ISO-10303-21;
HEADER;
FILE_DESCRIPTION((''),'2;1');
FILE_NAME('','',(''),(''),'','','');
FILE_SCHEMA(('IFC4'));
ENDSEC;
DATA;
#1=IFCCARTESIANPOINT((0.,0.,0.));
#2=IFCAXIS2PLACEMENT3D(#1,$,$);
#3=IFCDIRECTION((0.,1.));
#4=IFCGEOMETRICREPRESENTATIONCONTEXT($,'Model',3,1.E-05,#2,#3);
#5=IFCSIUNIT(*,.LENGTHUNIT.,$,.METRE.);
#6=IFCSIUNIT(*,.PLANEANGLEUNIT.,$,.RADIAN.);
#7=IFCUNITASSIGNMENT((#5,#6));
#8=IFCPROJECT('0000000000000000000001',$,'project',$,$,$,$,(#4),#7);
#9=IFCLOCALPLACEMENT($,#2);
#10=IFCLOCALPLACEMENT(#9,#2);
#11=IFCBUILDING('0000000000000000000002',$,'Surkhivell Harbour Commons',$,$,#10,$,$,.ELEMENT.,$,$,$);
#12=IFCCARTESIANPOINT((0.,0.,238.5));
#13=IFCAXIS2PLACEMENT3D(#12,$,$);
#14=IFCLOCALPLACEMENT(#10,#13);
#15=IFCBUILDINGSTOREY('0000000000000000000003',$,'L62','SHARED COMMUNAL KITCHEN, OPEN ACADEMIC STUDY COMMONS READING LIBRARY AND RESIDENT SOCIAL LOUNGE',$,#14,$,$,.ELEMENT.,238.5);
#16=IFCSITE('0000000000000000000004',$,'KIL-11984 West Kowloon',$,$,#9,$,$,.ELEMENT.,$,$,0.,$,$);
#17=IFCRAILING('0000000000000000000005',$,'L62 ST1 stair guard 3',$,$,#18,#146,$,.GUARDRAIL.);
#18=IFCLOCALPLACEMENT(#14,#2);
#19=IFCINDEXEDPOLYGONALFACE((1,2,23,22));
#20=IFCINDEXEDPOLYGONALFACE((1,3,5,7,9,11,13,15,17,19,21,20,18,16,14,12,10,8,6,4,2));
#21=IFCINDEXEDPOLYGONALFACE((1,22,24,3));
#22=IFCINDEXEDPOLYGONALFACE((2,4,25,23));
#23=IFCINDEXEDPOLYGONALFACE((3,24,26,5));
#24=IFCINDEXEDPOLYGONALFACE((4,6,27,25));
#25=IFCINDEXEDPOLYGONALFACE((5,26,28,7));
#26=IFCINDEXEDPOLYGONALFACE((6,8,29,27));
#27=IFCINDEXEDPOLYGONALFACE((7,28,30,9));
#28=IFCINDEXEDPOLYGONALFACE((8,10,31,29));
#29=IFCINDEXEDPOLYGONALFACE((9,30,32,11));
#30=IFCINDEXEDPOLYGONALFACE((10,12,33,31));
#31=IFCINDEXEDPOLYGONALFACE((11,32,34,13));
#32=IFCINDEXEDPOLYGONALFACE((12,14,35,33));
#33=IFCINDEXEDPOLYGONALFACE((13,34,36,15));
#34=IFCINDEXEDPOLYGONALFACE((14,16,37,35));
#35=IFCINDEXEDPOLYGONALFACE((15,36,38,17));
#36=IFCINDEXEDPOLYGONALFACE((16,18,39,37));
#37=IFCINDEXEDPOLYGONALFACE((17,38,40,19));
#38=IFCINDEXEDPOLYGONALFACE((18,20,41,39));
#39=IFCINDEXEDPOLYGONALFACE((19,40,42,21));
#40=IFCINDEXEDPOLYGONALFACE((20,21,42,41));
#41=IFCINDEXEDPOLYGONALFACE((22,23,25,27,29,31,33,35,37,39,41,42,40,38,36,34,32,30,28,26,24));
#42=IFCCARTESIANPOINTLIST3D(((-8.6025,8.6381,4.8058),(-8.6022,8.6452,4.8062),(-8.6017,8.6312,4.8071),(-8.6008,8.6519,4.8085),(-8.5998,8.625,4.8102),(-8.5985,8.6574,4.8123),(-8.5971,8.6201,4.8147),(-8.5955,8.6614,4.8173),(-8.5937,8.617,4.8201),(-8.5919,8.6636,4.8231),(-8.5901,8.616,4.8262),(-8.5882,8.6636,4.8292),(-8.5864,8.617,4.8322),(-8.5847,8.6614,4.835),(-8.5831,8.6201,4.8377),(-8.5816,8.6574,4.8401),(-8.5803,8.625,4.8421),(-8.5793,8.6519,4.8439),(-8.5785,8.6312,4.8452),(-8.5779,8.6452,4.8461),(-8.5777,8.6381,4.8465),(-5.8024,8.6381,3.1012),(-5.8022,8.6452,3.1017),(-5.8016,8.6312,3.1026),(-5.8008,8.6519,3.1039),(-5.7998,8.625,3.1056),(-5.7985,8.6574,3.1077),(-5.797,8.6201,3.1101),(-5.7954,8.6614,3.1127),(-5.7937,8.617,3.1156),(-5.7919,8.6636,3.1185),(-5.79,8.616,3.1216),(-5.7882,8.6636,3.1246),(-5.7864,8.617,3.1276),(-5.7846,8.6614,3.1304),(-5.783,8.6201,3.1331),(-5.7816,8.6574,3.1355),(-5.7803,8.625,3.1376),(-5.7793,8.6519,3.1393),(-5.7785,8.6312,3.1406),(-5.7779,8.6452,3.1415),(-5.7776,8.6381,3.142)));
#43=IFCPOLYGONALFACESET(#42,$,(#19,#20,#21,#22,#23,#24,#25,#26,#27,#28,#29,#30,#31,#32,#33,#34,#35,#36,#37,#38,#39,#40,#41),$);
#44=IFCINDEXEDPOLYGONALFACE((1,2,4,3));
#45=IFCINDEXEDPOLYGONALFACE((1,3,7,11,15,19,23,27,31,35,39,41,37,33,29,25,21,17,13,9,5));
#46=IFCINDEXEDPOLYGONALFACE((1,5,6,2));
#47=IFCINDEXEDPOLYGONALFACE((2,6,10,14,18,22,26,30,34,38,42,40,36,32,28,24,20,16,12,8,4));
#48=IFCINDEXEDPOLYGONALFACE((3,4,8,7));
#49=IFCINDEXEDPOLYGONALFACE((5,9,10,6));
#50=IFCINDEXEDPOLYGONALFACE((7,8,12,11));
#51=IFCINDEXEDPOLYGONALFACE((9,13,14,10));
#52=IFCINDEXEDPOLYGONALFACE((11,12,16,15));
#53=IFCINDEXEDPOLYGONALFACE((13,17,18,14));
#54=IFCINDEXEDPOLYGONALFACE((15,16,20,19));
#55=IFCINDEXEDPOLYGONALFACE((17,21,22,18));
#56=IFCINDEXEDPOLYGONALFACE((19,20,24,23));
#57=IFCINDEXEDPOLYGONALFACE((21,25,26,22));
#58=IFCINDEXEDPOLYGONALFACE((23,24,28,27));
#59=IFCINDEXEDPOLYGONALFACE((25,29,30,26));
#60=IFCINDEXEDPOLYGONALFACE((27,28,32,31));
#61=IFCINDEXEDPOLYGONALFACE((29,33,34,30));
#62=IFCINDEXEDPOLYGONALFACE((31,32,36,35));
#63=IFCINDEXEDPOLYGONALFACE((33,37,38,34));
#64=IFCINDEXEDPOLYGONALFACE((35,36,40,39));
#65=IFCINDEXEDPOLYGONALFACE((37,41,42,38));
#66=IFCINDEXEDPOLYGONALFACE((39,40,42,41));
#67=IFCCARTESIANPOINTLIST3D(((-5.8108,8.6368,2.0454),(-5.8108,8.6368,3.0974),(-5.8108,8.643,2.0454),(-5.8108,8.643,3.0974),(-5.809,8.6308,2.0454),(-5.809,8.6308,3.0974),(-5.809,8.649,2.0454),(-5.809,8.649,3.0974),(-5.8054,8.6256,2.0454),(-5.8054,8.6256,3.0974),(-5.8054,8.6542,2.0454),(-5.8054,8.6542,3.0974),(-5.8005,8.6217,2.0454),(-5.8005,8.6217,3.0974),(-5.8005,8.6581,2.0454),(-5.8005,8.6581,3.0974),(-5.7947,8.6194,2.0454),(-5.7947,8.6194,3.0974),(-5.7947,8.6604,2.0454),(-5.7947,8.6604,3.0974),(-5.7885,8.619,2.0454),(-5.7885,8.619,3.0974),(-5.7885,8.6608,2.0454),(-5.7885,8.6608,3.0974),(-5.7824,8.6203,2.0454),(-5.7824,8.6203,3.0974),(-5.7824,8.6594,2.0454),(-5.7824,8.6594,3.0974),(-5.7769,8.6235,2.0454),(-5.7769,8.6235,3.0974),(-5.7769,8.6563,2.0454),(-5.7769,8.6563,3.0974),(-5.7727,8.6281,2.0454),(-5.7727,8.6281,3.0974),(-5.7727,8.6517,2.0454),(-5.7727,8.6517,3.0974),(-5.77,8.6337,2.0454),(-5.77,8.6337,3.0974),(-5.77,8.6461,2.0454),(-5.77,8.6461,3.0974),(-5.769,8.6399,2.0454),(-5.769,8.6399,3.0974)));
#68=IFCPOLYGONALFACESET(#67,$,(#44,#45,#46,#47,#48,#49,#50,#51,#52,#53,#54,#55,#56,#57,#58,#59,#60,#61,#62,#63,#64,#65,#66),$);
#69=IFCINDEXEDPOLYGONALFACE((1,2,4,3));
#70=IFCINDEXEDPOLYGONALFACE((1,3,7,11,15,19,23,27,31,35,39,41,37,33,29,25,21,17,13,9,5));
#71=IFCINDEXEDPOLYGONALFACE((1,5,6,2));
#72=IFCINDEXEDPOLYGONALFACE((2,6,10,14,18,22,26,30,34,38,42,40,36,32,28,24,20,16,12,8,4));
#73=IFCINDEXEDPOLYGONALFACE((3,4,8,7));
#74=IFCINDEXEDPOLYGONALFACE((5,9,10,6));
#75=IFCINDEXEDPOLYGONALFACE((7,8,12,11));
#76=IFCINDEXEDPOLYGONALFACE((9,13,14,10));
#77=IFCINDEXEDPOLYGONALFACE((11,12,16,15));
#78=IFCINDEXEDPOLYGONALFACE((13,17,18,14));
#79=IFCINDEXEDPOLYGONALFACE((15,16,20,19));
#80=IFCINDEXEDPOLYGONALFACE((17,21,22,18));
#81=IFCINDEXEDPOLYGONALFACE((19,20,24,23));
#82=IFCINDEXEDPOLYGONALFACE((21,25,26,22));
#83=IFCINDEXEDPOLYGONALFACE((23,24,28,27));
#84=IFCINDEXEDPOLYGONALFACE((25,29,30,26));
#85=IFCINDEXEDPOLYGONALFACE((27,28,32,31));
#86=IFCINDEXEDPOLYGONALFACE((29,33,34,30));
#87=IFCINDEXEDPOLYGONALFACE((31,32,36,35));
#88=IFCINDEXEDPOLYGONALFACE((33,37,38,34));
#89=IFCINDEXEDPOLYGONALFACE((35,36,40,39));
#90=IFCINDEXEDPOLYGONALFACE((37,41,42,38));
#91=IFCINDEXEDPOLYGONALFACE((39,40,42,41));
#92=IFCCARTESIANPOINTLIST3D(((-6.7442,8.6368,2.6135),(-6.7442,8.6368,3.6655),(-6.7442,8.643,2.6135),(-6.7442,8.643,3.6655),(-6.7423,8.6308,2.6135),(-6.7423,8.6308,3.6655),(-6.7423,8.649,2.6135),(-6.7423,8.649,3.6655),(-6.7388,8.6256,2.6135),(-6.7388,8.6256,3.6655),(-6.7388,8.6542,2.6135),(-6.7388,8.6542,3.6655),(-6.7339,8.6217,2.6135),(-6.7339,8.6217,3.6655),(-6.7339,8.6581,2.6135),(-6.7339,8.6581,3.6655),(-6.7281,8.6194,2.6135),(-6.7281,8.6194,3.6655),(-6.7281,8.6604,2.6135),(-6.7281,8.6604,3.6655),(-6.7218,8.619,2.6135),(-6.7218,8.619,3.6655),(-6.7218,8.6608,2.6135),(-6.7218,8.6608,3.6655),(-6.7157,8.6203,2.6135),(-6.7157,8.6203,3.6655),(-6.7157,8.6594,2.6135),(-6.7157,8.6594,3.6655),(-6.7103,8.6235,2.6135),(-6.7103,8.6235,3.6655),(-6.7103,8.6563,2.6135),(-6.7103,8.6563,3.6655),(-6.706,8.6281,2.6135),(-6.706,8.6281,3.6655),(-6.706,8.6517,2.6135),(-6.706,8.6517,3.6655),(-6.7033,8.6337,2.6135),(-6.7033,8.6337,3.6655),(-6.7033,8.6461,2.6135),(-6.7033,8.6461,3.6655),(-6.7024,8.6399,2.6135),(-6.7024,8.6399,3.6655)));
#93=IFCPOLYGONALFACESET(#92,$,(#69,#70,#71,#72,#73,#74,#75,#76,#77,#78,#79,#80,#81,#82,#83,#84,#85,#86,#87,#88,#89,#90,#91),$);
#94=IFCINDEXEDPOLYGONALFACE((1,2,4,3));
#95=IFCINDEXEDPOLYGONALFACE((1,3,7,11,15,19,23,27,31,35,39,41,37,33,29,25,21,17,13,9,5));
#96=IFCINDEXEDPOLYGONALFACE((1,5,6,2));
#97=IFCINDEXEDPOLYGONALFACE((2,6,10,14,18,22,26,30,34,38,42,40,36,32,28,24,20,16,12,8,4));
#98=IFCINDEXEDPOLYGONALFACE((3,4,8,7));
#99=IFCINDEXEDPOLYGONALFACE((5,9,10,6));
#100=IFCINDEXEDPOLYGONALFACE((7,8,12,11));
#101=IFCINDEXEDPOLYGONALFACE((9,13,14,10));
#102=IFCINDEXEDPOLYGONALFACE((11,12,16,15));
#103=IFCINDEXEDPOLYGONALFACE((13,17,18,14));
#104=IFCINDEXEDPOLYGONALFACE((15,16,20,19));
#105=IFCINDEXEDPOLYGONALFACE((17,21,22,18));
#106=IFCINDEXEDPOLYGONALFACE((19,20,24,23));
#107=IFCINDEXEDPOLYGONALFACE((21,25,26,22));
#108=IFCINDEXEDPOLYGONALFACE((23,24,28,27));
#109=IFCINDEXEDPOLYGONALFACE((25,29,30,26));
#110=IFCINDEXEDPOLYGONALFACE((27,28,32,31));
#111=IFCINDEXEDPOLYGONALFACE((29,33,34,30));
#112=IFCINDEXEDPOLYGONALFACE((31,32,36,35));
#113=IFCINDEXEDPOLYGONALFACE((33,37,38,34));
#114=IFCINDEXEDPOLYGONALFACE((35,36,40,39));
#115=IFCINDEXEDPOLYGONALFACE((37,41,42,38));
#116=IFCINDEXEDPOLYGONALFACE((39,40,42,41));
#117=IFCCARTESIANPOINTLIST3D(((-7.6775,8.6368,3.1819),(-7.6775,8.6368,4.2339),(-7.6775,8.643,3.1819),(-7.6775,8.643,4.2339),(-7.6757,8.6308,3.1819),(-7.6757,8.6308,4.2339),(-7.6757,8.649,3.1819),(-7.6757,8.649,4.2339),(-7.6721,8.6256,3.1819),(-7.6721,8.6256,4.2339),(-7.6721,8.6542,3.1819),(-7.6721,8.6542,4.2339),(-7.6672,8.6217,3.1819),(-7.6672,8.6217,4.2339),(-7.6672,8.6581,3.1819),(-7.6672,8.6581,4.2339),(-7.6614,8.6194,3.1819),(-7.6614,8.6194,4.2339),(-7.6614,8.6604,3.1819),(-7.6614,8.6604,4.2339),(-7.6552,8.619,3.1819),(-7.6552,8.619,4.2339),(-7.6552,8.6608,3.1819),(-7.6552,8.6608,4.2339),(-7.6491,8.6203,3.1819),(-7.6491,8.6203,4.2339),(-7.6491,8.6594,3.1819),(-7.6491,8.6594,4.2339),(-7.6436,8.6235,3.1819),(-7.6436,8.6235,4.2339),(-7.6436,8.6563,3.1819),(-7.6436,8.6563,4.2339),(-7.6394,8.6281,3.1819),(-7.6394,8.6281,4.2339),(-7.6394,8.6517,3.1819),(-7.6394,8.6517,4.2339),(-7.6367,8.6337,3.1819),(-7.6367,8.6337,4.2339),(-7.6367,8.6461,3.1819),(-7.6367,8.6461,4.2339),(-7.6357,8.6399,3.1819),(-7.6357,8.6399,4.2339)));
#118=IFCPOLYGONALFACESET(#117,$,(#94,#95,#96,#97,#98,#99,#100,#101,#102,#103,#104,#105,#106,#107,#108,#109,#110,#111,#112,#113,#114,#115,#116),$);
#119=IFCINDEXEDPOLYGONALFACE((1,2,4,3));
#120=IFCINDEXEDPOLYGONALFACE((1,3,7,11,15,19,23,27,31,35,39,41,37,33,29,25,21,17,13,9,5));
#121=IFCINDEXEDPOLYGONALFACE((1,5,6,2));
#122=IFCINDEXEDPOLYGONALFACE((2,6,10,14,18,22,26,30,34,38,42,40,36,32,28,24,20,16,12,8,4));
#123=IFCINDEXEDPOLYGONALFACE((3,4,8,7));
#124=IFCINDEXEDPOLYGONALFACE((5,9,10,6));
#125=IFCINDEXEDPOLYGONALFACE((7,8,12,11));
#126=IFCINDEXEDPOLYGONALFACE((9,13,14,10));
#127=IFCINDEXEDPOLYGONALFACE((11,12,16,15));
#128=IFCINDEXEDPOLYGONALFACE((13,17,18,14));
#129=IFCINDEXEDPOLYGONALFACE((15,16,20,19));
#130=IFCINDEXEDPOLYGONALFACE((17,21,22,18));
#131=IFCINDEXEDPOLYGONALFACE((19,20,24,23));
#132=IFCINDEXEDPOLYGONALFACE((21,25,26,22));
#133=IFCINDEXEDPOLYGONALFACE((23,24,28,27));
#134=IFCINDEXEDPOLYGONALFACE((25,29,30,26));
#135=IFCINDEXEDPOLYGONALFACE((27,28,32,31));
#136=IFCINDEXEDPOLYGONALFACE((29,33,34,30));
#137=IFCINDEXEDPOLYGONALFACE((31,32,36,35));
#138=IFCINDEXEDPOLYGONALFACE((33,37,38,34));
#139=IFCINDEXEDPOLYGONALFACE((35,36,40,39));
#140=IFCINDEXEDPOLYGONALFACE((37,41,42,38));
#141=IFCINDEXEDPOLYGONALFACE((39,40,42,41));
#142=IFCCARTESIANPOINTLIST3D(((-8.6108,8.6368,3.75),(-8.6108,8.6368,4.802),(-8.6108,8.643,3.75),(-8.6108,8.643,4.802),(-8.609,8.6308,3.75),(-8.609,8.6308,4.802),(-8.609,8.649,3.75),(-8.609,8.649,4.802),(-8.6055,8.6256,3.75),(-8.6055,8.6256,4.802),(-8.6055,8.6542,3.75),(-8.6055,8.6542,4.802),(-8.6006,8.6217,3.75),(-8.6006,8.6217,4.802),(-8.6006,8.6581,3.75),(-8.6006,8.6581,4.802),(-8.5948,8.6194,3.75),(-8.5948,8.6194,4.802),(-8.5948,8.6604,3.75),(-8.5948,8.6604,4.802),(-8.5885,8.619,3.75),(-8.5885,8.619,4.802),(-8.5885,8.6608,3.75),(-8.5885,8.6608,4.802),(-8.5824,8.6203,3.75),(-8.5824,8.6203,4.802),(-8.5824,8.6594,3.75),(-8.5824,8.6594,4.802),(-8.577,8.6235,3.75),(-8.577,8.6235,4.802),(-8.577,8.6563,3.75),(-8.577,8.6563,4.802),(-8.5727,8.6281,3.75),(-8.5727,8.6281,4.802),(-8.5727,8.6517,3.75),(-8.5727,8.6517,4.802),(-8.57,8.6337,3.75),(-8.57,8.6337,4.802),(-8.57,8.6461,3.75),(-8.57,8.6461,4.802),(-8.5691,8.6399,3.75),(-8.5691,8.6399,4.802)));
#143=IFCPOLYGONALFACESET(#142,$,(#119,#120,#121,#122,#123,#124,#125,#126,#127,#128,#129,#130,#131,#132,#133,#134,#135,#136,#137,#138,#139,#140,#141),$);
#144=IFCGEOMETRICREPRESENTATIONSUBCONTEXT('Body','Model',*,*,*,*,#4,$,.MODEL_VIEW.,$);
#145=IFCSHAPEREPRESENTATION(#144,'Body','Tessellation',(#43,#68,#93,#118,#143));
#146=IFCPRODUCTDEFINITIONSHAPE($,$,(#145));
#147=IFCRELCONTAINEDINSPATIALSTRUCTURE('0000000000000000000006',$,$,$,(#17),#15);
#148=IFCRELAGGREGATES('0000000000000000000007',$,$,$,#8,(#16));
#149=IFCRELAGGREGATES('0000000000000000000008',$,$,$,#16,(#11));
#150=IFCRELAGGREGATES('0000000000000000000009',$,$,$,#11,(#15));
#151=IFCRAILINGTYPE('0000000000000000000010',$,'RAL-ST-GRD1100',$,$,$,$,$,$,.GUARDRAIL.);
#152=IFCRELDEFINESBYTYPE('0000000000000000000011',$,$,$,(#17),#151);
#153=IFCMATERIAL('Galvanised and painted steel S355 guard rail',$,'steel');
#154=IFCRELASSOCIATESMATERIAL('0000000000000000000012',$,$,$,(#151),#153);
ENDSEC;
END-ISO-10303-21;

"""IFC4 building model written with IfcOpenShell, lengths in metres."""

from ifc_helpers import new_model, si_unit, direction, frame, origin, origin_2d, place, context, subcontext, project, spatial, circle, extrude, material, type_object, element, save


model = new_model("IFC4")

# Units and contexts
model_context = context("Model", 3, precision=1e-05, world=origin(), true_north=direction((0.0, 1.0)))
body_context = subcontext(model_context, "Body", "Model", "MODEL_VIEW")
ifc_project = project(units=[si_unit("LENGTHUNIT", "METRE"), si_unit("PLANEANGLEUNIT", "RADIAN")], contexts=[model_context])

# Site, building, storey
site_placement = place(None, origin())
site = spatial("IfcSite", under=ifc_project, at=site_placement, Name="KIL-11984 West Kowloon", CompositionType="ELEMENT", RefElevation=0.0)
building_placement = place(site_placement, origin())
building = spatial("IfcBuilding", under=site, at=building_placement, Name="Surkhivell Harbour Commons", CompositionType="ELEMENT")
storey_placement = place(building_placement, frame((0.0, 0.0, 238.5)))
storey = spatial("IfcBuildingStorey", under=building, at=storey_placement, Name="L62", Description="SHARED COMMUNAL KITCHEN, OPEN ACADEMIC STUDY COMMONS READING LIBRARY AND RESIDENT SOCIAL LOUNGE", CompositionType="ELEMENT", Elevation=238.5)

# Railing
ifc_material_1 = material(Name="Galvanised and painted steel S355 guard rail", Category="steel")
railing_type_1 = type_object("IfcRailingType", Name="RAL-ST-GRD1100", PredefinedType="GUARDRAIL", material=ifc_material_1)
railing_1_placement = place(storey_placement, frame((-5.79, 8.6399, 2.0454)))
element("IfcRailing", 1, at=railing_1_placement, inside=storey, type_object=railing_type_1, Name="L62 ST1 stair guard 3", PredefinedType="GUARDRAIL", context=body_context, shape_type="SweptSolid", body=[
    extrude(circle(Radius=0.0239, at=origin_2d()), frame((0.0, 0.0, 1.0762), z_axis=(-0.85417, 0.0, 0.519994), x_axis=(0.0, -1.0, 0.0)), (0.0, 0.0, 1.0), 3.2781),
    extrude(circle(Radius=0.021, at=origin_2d()), origin(), (0.0, 0.0, 1.0), 1.052),
    extrude(circle(Radius=0.021, at=origin_2d()), frame((-0.9333, 0.0, 0.5681)), (0.0, 0.0, 1.0), 1.052),
    extrude(circle(Radius=0.021, at=origin_2d()), frame((-1.8667, 0.0, 1.1365)), (0.0, 0.0, 1.0), 1.052),
    extrude(circle(Radius=0.021, at=origin_2d()), frame((-2.8, 0.0, 1.7046)), (0.0, 0.0, 1.0), 1.052),
])

save(model, "model.ifc")
